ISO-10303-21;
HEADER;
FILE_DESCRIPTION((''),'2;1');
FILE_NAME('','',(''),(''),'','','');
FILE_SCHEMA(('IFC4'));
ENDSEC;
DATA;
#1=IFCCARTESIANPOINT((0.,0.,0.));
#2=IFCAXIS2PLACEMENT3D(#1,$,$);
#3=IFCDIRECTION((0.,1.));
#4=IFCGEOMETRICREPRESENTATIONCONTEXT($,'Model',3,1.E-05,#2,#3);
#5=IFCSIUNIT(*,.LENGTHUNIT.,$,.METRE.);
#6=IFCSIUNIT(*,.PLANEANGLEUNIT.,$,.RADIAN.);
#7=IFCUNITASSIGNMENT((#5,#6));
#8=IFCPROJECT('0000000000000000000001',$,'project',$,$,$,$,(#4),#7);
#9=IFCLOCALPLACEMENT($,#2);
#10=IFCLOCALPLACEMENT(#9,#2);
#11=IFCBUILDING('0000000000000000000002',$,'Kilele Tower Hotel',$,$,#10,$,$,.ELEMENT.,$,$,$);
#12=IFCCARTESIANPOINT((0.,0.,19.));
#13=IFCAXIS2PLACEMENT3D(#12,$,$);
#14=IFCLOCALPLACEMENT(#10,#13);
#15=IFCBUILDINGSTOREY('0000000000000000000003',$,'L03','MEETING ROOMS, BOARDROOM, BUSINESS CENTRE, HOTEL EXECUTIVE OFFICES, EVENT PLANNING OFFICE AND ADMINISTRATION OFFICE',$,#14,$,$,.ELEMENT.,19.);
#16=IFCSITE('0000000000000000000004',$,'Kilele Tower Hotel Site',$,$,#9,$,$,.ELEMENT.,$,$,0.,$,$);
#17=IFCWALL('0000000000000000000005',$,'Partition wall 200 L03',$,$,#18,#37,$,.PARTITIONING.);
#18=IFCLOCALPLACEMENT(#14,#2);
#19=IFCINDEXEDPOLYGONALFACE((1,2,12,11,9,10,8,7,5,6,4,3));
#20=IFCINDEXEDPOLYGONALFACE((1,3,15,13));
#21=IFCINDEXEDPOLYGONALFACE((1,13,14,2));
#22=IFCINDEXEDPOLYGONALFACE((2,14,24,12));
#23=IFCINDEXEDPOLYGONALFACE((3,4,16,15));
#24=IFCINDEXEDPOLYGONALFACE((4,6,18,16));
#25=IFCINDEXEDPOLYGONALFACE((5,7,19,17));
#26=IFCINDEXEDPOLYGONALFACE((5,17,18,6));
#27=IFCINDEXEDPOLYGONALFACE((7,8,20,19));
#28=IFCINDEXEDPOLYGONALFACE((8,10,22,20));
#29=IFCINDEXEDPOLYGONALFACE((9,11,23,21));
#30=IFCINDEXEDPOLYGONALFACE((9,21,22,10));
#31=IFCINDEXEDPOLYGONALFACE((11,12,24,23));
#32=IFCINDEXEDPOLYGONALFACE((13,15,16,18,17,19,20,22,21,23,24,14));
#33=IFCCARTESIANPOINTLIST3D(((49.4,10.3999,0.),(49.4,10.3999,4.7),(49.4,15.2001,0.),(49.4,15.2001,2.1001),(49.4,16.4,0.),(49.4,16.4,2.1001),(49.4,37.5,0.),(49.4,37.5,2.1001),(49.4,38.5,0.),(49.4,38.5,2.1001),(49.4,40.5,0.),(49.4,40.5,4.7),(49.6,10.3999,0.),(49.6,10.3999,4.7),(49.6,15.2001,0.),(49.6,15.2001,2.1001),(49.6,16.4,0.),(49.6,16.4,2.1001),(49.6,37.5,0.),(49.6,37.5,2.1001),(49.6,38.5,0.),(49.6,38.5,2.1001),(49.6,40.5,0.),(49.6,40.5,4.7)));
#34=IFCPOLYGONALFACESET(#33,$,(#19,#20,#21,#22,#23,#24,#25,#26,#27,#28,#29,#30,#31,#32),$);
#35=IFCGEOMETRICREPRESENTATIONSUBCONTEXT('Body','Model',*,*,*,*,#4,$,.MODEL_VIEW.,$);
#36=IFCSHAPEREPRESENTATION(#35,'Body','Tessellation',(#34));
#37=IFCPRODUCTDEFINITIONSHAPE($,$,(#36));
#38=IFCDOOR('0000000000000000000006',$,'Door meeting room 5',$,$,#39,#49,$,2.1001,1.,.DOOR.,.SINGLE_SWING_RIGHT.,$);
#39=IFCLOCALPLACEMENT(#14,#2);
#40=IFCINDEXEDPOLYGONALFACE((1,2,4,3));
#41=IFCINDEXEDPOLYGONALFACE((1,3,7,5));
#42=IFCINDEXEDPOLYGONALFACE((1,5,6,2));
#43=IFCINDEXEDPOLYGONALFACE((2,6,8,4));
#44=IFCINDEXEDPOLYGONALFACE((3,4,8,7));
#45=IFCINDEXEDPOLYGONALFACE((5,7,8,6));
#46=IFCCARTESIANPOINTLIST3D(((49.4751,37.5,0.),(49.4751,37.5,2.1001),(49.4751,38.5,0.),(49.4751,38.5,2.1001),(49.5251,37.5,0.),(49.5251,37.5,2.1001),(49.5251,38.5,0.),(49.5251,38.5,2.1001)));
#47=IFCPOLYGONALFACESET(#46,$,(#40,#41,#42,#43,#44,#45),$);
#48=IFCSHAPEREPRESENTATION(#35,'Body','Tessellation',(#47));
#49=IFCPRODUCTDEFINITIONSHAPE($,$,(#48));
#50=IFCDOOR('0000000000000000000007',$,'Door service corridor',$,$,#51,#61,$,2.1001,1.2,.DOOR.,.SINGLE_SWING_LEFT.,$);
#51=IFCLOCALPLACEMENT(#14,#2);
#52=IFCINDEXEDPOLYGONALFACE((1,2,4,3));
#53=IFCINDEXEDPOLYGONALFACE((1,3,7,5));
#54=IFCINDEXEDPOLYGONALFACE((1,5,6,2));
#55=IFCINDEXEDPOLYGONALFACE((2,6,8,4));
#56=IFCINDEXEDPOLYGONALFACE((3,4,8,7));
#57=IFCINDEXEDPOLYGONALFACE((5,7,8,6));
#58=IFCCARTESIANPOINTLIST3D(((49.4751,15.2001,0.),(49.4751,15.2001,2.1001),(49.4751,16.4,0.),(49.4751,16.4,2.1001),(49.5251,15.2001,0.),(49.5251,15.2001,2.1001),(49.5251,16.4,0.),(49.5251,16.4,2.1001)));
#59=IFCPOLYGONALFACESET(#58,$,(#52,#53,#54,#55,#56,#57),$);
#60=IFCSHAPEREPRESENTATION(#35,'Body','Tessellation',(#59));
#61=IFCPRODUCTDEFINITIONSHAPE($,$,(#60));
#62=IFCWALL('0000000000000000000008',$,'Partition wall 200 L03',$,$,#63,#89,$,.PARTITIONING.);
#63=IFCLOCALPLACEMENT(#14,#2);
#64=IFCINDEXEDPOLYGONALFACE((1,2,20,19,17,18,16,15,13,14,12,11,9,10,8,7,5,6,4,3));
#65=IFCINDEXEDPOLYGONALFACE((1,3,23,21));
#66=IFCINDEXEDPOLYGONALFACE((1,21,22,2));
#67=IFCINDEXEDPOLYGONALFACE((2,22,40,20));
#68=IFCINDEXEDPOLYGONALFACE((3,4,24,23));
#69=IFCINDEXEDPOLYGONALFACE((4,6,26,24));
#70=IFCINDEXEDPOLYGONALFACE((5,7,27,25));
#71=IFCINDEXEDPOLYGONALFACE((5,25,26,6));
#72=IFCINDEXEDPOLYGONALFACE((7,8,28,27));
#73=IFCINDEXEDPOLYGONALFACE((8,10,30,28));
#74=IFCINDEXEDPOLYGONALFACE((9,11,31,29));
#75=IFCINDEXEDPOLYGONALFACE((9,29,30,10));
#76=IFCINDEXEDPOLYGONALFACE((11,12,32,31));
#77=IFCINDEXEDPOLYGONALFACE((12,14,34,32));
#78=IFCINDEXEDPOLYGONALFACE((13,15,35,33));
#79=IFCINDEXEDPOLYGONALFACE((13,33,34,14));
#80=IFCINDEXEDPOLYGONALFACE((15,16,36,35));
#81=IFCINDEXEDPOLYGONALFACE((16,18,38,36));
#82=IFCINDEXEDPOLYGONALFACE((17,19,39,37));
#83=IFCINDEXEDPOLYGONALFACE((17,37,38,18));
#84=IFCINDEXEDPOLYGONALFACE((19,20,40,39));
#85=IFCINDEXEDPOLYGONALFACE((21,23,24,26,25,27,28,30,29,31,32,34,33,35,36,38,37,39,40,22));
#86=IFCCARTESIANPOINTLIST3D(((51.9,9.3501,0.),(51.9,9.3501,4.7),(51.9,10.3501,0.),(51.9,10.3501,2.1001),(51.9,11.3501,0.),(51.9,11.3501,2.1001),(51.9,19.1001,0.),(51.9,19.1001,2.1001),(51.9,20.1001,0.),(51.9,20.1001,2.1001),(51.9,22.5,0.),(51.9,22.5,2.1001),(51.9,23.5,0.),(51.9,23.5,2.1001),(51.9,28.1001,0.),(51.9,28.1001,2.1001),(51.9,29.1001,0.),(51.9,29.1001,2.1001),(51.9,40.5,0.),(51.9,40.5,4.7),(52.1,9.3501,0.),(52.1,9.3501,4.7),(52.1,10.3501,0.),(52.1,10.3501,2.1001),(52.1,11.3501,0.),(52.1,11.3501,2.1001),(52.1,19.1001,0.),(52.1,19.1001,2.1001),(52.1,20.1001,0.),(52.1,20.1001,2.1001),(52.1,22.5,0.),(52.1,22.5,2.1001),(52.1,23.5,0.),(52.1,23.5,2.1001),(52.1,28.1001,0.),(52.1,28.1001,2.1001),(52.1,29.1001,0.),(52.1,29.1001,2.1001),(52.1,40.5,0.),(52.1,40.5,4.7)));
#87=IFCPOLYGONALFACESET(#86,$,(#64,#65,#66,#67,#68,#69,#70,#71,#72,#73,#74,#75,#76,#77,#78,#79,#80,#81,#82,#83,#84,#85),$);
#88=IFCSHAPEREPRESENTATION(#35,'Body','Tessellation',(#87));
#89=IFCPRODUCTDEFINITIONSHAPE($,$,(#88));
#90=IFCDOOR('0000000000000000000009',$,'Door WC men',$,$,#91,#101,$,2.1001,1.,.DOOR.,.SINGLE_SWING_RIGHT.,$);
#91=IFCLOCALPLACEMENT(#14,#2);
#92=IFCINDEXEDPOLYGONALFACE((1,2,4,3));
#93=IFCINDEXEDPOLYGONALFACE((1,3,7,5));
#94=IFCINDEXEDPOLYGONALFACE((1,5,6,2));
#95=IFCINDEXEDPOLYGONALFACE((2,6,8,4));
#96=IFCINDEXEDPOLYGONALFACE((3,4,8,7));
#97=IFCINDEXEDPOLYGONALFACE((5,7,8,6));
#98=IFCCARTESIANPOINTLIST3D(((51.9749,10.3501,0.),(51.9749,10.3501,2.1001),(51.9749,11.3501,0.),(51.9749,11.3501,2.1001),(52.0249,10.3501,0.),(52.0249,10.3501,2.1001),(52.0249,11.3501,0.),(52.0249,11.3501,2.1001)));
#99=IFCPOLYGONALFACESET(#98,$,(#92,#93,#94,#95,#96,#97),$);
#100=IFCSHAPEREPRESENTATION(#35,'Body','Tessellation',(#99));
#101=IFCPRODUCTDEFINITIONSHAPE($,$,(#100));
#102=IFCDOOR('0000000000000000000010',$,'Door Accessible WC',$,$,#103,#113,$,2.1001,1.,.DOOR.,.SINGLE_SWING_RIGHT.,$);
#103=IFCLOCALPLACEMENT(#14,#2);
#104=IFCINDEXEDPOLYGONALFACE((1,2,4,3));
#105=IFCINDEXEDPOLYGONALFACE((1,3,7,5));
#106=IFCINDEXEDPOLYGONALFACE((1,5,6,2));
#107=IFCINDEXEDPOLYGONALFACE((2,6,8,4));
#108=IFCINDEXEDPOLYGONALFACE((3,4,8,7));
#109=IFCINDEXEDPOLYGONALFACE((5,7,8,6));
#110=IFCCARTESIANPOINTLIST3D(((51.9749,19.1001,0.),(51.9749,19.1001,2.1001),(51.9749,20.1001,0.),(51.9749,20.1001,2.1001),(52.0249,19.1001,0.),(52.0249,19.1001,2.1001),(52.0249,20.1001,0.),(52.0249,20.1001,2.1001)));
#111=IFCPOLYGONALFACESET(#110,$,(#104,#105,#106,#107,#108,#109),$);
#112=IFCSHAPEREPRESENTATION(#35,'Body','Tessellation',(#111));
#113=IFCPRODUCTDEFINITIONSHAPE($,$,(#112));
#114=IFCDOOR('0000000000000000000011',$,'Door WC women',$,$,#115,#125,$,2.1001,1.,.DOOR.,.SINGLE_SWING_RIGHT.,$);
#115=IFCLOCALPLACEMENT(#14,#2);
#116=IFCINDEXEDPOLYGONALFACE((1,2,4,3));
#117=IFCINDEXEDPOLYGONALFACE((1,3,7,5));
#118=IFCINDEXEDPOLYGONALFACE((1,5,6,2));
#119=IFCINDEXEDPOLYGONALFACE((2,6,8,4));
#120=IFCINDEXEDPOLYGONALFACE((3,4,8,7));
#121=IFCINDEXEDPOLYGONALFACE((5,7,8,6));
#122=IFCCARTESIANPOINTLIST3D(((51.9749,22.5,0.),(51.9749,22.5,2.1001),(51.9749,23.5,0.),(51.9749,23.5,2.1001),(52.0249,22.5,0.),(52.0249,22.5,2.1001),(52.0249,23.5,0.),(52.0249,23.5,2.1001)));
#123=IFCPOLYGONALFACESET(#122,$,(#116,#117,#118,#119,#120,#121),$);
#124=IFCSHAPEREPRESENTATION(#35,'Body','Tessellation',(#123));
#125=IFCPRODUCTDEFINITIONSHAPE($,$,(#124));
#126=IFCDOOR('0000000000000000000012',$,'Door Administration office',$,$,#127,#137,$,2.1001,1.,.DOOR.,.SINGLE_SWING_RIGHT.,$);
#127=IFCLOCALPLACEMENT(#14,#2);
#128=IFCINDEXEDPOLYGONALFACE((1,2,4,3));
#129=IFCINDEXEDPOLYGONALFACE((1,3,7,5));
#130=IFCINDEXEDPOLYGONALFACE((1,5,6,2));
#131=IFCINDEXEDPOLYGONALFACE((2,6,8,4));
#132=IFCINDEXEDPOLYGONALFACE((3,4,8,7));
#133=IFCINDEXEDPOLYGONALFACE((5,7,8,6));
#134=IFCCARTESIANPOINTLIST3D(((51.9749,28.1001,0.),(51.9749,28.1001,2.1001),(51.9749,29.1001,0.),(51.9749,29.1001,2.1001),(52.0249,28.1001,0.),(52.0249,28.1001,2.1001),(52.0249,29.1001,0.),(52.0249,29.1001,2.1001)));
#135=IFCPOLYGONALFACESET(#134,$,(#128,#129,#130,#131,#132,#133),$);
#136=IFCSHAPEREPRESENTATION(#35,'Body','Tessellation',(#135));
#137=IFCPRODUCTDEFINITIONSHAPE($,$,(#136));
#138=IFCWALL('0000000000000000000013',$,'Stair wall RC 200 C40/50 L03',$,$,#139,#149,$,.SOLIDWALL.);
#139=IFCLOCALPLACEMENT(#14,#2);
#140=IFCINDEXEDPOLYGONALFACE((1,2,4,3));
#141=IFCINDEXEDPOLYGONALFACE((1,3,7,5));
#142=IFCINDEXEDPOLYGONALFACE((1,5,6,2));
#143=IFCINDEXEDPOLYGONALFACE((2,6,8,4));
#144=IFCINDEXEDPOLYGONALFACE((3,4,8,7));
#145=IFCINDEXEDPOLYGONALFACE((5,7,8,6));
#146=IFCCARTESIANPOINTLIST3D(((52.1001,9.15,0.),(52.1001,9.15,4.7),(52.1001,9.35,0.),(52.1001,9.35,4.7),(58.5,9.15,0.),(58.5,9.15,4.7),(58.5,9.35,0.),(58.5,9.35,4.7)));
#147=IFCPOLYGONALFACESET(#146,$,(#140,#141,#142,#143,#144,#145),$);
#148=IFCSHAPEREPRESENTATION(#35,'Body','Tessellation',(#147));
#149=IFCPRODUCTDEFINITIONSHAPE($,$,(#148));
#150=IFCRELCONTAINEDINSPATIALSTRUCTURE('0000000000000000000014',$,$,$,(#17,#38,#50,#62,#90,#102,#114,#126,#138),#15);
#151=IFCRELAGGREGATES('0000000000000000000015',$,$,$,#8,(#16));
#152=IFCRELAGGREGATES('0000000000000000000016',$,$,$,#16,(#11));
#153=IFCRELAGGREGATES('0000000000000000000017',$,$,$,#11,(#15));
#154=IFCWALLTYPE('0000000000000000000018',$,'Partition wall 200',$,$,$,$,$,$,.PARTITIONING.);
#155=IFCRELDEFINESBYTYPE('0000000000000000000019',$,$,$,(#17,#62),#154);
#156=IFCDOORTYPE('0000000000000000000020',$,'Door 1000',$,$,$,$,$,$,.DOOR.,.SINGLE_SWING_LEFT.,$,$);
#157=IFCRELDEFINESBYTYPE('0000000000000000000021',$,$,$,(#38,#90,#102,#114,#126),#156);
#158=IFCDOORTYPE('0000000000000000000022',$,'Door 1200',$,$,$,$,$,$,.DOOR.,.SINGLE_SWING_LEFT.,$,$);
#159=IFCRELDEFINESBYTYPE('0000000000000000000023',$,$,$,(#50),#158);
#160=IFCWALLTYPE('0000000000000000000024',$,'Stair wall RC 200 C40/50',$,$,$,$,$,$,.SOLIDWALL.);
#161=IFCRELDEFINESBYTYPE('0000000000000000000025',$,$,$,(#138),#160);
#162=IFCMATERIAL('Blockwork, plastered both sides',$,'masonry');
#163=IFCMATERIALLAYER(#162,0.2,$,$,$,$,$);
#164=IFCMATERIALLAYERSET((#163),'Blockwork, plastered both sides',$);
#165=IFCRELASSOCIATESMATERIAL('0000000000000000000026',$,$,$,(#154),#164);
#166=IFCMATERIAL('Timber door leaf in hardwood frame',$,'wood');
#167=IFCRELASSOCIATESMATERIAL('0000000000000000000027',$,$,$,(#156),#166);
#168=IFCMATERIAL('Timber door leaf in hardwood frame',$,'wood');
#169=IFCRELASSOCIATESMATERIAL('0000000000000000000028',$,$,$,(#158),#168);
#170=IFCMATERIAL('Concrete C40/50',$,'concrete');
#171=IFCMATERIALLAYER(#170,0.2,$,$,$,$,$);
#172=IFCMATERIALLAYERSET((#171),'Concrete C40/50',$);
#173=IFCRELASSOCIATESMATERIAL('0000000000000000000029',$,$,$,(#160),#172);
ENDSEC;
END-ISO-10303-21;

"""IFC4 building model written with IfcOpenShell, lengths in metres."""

from ifc_helpers import new_model, si_unit, direction, frame, frame_2d, origin, place, context, subcontext, project, spatial, rectangle, extrude, material, layer, layer_set, type_object, element, fill, save


model = new_model("IFC4")

# Units and contexts
model_context = context("Model", 3, precision=1e-05, world=origin(), true_north=direction((0.0, 1.0)))
body_context = subcontext(model_context, "Body", "Model", "MODEL_VIEW")
ifc_project = project(units=[si_unit("LENGTHUNIT", "METRE"), si_unit("PLANEANGLEUNIT", "RADIAN")], contexts=[model_context])

# Site, building, storey
site_placement = place(None, origin())
site = spatial("IfcSite", under=ifc_project, at=site_placement, Name="Kilele Tower Hotel Site", CompositionType="ELEMENT", RefElevation=0.0)
building_placement = place(site_placement, origin())
building = spatial("IfcBuilding", under=site, at=building_placement, Name="Kilele Tower Hotel", CompositionType="ELEMENT")
storey_placement = place(building_placement, frame((0.0, 0.0, 19.0)))
storey = spatial("IfcBuildingStorey", under=building, at=storey_placement, Name="L03", Description="MEETING ROOMS, BOARDROOM, BUSINESS CENTRE, HOTEL EXECUTIVE OFFICES, EVENT PLANNING OFFICE AND ADMINISTRATION OFFICE", CompositionType="ELEMENT", Elevation=19.0)

# Walls, openings, doors
ifc_material_1 = material(Name="Blockwork, plastered both sides", Category="masonry")
ifc_layer_1 = layer(ifc_material_1, 0.2)
ifc_layer_set_1 = layer_set([ifc_layer_1], Name="Blockwork, plastered both sides")
wall_type_1 = type_object("IfcWallType", Name="Partition wall 200", PredefinedType="PARTITIONING", material=ifc_layer_set_1)
wall_1_placement = place(storey_placement, frame((49.5, 10.3999, 0.0), z_axis=(0.0, 0.0, 1.0), x_axis=(0.0, 1.0, 0.0)))
wall_1 = element("IfcWall", 1, at=wall_1_placement, inside=storey, type_object=wall_type_1, Name="Partition wall 200 L03", PredefinedType="PARTITIONING", context=body_context, shape_type="SweptSolid", body=[
    extrude(rectangle(XDim=30.1001, YDim=0.2, at=frame_2d((15.05, 0.0))), origin(), (0.0, 0.0, 1.0), 4.7),
])
opening_1_placement = place(wall_1_placement, frame((27.1001, 0.0, 0.0)))
opening_1 = element("IfcOpeningElement", 2, at=opening_1_placement, cuts=wall_1, PredefinedType="OPENING", context=body_context, shape_type="SweptSolid", body=[
    extrude(rectangle(XDim=1.0, YDim=2.1001, at=frame_2d((0.5, 1.05))), frame((0.0, 0.1099, 0.0), z_axis=(0.0, -1.0, 0.0), x_axis=(1.0, 0.0, 0.0)), (0.0, 0.0, 1.0), 0.22),
])
opening_2_placement = place(wall_1_placement, frame((4.8, 0.0, 0.0)))
opening_2 = element("IfcOpeningElement", 3, at=opening_2_placement, cuts=wall_1, PredefinedType="OPENING", context=body_context, shape_type="SweptSolid", body=[
    extrude(rectangle(XDim=1.2, YDim=2.1001, at=frame_2d((0.6001, 1.05))), frame((0.0, 0.1099, 0.0), z_axis=(0.0, -1.0, 0.0), x_axis=(1.0, 0.0, 0.0)), (0.0, 0.0, 1.0), 0.22),
])
ifc_material_2 = material(Name="Timber door leaf in hardwood frame", Category="wood")
door_type_1 = type_object("IfcDoorType", Name="Door 1000", OperationType="SINGLE_SWING_LEFT", PredefinedType="DOOR", material=ifc_material_2)
door_1_placement = place(opening_1_placement, origin())
door_1 = element("IfcDoor", 4, at=door_1_placement, inside=storey, type_object=door_type_1, Name="Door meeting room 5", OperationType="SINGLE_SWING_RIGHT", OverallHeight=2.1001, OverallWidth=1.0, PredefinedType="DOOR", context=body_context, shape_type="SweptSolid", body=[
    extrude(rectangle(XDim=1.0, YDim=2.1001, at=frame_2d((0.5, 1.05))), frame((0.0, 0.0249, 0.0), z_axis=(0.0, -1.0, 0.0), x_axis=(1.0, 0.0, 0.0)), (0.0, 0.0, 1.0), 0.05),
])
fill(opening_1, door_1)
ifc_material_3 = material(Name="Timber door leaf in hardwood frame", Category="wood")
door_type_2 = type_object("IfcDoorType", Name="Door 1200", OperationType="SINGLE_SWING_LEFT", PredefinedType="DOOR", material=ifc_material_3)
door_2_placement = place(opening_2_placement, origin())
door_2 = element("IfcDoor", 5, at=door_2_placement, inside=storey, type_object=door_type_2, Name="Door service corridor", OperationType="SINGLE_SWING_LEFT", OverallHeight=2.1001, OverallWidth=1.2, PredefinedType="DOOR", context=body_context, shape_type="SweptSolid", body=[
    extrude(rectangle(XDim=1.2, YDim=2.1001, at=frame_2d((0.6001, 1.05))), frame((0.0, 0.0249, 0.0), z_axis=(0.0, -1.0, 0.0), x_axis=(1.0, 0.0, 0.0)), (0.0, 0.0, 1.0), 0.05),
])
fill(opening_2, door_2)
wall_2_placement = place(storey_placement, frame((52.0, 9.3501, 0.0), z_axis=(0.0, 0.0, 1.0), x_axis=(0.0, 1.0, 0.0)))
wall_2 = element("IfcWall", 6, at=wall_2_placement, inside=storey, type_object=wall_type_1, Name="Partition wall 200 L03", PredefinedType="PARTITIONING", context=body_context, shape_type="SweptSolid", body=[
    extrude(rectangle(XDim=31.1499, YDim=0.2, at=frame_2d((15.575, 0.0))), origin(), (0.0, 0.0, 1.0), 4.7),
])
opening_3_placement = place(wall_2_placement, frame((2.0, 0.0, 0.0), z_axis=(0.0, 0.0, 1.0), x_axis=(-1.0, 0.0, 0.0)))
opening_3 = element("IfcOpeningElement", 7, at=opening_3_placement, cuts=wall_2, PredefinedType="OPENING", context=body_context, shape_type="SweptSolid", body=[
    extrude(rectangle(XDim=1.0, YDim=2.1001, at=frame_2d((0.5, 1.05))), frame((0.0, 0.1099, 0.0), z_axis=(0.0, -1.0, 0.0), x_axis=(1.0, 0.0, 0.0)), (0.0, 0.0, 1.0), 0.22),
])
opening_4_placement = place(wall_2_placement, frame((10.75, 0.0, 0.0), z_axis=(0.0, 0.0, 1.0), x_axis=(-1.0, 0.0, 0.0)))
opening_4 = element("IfcOpeningElement", 8, at=opening_4_placement, cuts=wall_2, PredefinedType="OPENING", context=body_context, shape_type="SweptSolid", body=[
    extrude(rectangle(XDim=1.0, YDim=2.1001, at=frame_2d((0.5, 1.05))), frame((0.0, 0.1099, 0.0), z_axis=(0.0, -1.0, 0.0), x_axis=(1.0, 0.0, 0.0)), (0.0, 0.0, 1.0), 0.22),
])
opening_5_placement = place(wall_2_placement, frame((14.1499, 0.0, 0.0), z_axis=(0.0, 0.0, 1.0), x_axis=(-1.0, 0.0, 0.0)))
opening_5 = element("IfcOpeningElement", 9, at=opening_5_placement, cuts=wall_2, PredefinedType="OPENING", context=body_context, shape_type="SweptSolid", body=[
    extrude(rectangle(XDim=1.0, YDim=2.1001, at=frame_2d((0.5, 1.05))), frame((0.0, 0.1099, 0.0), z_axis=(0.0, -1.0, 0.0), x_axis=(1.0, 0.0, 0.0)), (0.0, 0.0, 1.0), 0.22),
])
opening_6_placement = place(wall_2_placement, frame((19.75, 0.0, 0.0), z_axis=(0.0, 0.0, 1.0), x_axis=(-1.0, 0.0, 0.0)))
opening_6 = element("IfcOpeningElement", 10, at=opening_6_placement, cuts=wall_2, PredefinedType="OPENING", context=body_context, shape_type="SweptSolid", body=[
    extrude(rectangle(XDim=1.0, YDim=2.1001, at=frame_2d((0.5, 1.05))), frame((0.0, 0.1099, 0.0), z_axis=(0.0, -1.0, 0.0), x_axis=(1.0, 0.0, 0.0)), (0.0, 0.0, 1.0), 0.22),
])
door_3_placement = place(opening_3_placement, origin())
door_3 = element("IfcDoor", 11, at=door_3_placement, inside=storey, type_object=door_type_1, Name="Door WC men", OperationType="SINGLE_SWING_RIGHT", OverallHeight=2.1001, OverallWidth=1.0, PredefinedType="DOOR", context=body_context, shape_type="SweptSolid", body=[
    extrude(rectangle(XDim=1.0, YDim=2.1001, at=frame_2d((0.5, 1.05))), frame((0.0, 0.0249, 0.0), z_axis=(0.0, -1.0, 0.0), x_axis=(1.0, 0.0, 0.0)), (0.0, 0.0, 1.0), 0.05),
])
fill(opening_3, door_3)
door_4_placement = place(opening_4_placement, origin())
door_4 = element("IfcDoor", 12, at=door_4_placement, inside=storey, type_object=door_type_1, Name="Door Accessible WC", OperationType="SINGLE_SWING_RIGHT", OverallHeight=2.1001, OverallWidth=1.0, PredefinedType="DOOR", context=body_context, shape_type="SweptSolid", body=[
    extrude(rectangle(XDim=1.0, YDim=2.1001, at=frame_2d((0.5, 1.05))), frame((0.0, 0.0249, 0.0), z_axis=(0.0, -1.0, 0.0), x_axis=(1.0, 0.0, 0.0)), (0.0, 0.0, 1.0), 0.05),
])
fill(opening_4, door_4)
door_5_placement = place(opening_5_placement, origin())
door_5 = element("IfcDoor", 13, at=door_5_placement, inside=storey, type_object=door_type_1, Name="Door WC women", OperationType="SINGLE_SWING_RIGHT", OverallHeight=2.1001, OverallWidth=1.0, PredefinedType="DOOR", context=body_context, shape_type="SweptSolid", body=[
    extrude(rectangle(XDim=1.0, YDim=2.1001, at=frame_2d((0.5, 1.05))), frame((0.0, 0.0249, 0.0), z_axis=(0.0, -1.0, 0.0), x_axis=(1.0, 0.0, 0.0)), (0.0, 0.0, 1.0), 0.05),
])
fill(opening_5, door_5)
door_6_placement = place(opening_6_placement, origin())
door_6 = element("IfcDoor", 14, at=door_6_placement, inside=storey, type_object=door_type_1, Name="Door Administration office", OperationType="SINGLE_SWING_RIGHT", OverallHeight=2.1001, OverallWidth=1.0, PredefinedType="DOOR", context=body_context, shape_type="SweptSolid", body=[
    extrude(rectangle(XDim=1.0, YDim=2.1001, at=frame_2d((0.5, 1.05))), frame((0.0, 0.0249, 0.0), z_axis=(0.0, -1.0, 0.0), x_axis=(1.0, 0.0, 0.0)), (0.0, 0.0, 1.0), 0.05),
])
fill(opening_6, door_6)

# Wall
ifc_material_4 = material(Name="Concrete C40/50", Category="concrete")
ifc_layer_2 = layer(ifc_material_4, 0.2)
ifc_layer_set_2 = layer_set([ifc_layer_2], Name="Concrete C40/50")
wall_type_2 = type_object("IfcWallType", Name="Stair wall RC 200 C40/50", PredefinedType="SOLIDWALL", material=ifc_layer_set_2)
wall_3_placement = place(storey_placement, frame((52.1001, 9.25, 0.0), z_axis=(0.0, 0.0, 1.0), x_axis=(1.0, 0.0, 0.0)))
element("IfcWall", 15, at=wall_3_placement, inside=storey, type_object=wall_type_2, Name="Stair wall RC 200 C40/50 L03", PredefinedType="SOLIDWALL", context=body_context, shape_type="SweptSolid", body=[
    extrude(rectangle(XDim=6.3999, YDim=0.2, at=frame_2d((3.2, 0.0))), origin(), (0.0, 0.0, 1.0), 4.7),
])

save(model, "model.ifc")
